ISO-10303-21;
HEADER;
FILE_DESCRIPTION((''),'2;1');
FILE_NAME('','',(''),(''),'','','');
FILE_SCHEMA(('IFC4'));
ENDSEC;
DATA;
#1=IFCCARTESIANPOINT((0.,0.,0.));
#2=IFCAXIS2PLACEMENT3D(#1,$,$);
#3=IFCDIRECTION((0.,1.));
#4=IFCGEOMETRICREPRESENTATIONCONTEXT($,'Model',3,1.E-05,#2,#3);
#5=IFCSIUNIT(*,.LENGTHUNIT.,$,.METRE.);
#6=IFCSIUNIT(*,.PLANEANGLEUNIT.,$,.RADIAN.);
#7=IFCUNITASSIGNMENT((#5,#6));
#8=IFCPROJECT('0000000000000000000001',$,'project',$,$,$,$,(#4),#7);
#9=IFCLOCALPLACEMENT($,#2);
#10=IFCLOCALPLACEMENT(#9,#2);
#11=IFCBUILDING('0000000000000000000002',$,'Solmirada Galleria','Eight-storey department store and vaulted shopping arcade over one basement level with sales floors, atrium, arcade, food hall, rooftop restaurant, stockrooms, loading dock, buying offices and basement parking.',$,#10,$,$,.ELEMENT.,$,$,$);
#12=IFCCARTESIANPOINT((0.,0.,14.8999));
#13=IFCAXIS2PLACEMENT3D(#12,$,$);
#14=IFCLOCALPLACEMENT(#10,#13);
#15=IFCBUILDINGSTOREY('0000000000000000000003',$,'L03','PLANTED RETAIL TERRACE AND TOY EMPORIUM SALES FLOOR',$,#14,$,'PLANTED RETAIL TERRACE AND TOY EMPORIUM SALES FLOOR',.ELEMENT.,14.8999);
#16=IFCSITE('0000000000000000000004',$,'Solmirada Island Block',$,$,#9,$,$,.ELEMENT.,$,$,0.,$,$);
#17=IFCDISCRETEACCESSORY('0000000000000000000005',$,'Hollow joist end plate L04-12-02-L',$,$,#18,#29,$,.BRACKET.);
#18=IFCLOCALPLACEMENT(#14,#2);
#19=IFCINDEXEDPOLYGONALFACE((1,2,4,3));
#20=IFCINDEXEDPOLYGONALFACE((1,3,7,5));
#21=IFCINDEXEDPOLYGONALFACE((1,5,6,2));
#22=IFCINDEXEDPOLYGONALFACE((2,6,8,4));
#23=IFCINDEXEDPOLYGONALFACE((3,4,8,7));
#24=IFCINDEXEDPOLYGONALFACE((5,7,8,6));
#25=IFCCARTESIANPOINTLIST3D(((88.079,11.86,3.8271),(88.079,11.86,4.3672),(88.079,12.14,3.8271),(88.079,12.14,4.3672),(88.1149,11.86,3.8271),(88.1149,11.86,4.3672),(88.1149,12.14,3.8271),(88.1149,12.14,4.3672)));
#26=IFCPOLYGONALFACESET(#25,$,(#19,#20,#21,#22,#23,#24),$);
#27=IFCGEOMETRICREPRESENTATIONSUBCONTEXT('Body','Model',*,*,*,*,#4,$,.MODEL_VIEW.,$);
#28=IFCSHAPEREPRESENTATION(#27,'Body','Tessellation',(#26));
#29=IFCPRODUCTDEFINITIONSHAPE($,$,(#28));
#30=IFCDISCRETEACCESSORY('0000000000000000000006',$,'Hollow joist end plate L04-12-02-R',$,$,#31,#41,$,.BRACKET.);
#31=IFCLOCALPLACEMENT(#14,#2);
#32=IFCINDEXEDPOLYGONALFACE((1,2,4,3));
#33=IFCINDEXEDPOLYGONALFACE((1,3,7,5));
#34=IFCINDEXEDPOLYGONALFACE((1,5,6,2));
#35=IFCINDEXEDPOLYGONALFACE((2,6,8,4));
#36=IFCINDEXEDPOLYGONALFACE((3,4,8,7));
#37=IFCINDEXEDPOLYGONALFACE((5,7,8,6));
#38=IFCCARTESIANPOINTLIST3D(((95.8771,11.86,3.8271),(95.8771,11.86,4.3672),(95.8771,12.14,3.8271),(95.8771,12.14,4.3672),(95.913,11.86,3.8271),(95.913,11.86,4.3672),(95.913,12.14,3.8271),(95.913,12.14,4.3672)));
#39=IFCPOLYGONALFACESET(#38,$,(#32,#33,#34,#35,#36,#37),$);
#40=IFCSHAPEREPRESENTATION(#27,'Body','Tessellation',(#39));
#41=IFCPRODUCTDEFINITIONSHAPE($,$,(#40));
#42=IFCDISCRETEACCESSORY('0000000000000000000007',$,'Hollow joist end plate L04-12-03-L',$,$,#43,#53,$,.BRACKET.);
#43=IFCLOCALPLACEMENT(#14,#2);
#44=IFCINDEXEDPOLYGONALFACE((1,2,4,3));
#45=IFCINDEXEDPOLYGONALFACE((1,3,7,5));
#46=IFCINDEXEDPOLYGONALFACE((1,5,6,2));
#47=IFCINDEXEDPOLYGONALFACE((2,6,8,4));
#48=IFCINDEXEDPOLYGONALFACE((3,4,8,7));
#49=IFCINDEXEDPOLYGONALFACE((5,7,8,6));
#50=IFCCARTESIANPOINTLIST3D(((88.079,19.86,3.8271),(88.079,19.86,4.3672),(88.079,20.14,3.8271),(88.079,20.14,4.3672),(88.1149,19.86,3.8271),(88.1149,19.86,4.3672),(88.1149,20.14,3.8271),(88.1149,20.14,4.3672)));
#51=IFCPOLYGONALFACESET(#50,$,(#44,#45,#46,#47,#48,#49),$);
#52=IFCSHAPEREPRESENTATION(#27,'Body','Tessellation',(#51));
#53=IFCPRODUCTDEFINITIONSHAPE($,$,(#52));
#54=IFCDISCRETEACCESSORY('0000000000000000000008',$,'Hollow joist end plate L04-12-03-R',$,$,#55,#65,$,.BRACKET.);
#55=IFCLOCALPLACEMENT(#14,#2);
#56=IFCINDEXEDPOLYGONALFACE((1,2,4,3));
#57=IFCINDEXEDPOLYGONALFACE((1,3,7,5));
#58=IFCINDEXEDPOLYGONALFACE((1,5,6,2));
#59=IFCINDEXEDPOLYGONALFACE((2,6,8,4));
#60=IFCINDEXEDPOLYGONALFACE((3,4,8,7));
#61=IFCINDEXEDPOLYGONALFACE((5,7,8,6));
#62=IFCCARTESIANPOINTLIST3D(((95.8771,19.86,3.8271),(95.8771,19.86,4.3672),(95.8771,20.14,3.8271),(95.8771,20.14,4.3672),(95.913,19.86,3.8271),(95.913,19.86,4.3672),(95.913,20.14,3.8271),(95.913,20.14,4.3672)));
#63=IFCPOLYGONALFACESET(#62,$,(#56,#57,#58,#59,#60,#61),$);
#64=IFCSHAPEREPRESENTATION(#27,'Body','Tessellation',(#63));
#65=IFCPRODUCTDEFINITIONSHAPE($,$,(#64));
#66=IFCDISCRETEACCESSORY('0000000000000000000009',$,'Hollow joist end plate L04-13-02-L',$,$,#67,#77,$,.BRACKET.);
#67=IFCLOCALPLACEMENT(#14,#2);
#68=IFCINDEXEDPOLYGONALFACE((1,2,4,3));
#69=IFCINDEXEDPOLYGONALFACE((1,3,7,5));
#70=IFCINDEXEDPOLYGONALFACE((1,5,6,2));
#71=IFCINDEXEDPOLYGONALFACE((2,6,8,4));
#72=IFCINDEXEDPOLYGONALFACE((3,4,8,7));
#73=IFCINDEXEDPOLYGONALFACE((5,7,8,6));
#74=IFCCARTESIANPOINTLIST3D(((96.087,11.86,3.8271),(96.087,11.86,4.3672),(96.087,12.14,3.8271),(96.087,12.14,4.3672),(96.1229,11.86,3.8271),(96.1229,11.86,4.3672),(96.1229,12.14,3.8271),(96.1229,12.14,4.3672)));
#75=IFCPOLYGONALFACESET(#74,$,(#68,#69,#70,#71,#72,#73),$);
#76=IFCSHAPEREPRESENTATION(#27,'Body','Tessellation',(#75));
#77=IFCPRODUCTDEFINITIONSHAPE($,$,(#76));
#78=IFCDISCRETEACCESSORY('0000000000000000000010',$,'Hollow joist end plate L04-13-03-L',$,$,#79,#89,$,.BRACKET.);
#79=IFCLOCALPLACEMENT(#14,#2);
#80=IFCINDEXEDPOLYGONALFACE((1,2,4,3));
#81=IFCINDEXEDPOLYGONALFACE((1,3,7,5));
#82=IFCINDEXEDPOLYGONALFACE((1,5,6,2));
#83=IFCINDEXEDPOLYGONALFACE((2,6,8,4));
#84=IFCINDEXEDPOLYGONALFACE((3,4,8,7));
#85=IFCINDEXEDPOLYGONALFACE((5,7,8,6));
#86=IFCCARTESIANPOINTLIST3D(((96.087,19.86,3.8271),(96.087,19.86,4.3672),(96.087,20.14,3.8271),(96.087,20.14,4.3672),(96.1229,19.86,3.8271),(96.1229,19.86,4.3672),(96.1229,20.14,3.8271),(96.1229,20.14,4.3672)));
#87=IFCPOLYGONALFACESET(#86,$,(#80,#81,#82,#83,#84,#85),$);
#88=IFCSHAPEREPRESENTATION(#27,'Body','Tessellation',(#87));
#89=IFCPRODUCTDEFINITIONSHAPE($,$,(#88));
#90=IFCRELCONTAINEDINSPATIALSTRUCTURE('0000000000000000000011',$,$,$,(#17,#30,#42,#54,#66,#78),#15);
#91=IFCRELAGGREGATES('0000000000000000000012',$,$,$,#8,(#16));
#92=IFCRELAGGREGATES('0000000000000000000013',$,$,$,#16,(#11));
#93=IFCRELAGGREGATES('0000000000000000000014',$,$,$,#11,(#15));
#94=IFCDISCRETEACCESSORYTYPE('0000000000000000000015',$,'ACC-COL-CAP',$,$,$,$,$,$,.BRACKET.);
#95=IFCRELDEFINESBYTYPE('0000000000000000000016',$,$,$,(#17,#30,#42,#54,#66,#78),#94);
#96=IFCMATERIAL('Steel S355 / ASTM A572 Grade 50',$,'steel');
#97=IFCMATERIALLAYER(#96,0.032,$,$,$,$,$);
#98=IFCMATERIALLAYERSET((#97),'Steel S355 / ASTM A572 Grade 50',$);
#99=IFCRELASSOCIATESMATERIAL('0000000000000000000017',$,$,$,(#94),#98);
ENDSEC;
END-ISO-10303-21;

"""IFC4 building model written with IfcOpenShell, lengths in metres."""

from ifc_helpers import new_model, si_unit, direction, frame, origin, origin_2d, place, context, subcontext, project, spatial, rectangle, extrude, material, layer, layer_set, type_object, element, save


model = new_model("IFC4")

# Units and contexts
model_context = context("Model", 3, precision=1e-05, world=origin(), true_north=direction((0.0, 1.0)))
body_context = subcontext(model_context, "Body", "Model", "MODEL_VIEW")
ifc_project = project(units=[si_unit("LENGTHUNIT", "METRE"), si_unit("PLANEANGLEUNIT", "RADIAN")], contexts=[model_context])

# Site, building, storey
site_placement = place(None, origin())
site = spatial("IfcSite", under=ifc_project, at=site_placement, Name="Solmirada Island Block", CompositionType="ELEMENT", RefElevation=0.0)
building_placement = place(site_placement, origin())
building = spatial("IfcBuilding", under=site, at=building_placement, Name="Solmirada Galleria", Description="Eight-storey department store and vaulted shopping arcade over one basement level with sales floors, atrium, arcade, food hall, rooftop restaurant, stockrooms, loading dock, buying offices and basement parking.", CompositionType="ELEMENT")
storey_placement = place(building_placement, frame((0.0, 0.0, 14.8999)))
storey = spatial("IfcBuildingStorey", under=building, at=storey_placement, Name="L03", Description="PLANTED RETAIL TERRACE AND TOY EMPORIUM SALES FLOOR", LongName="PLANTED RETAIL TERRACE AND TOY EMPORIUM SALES FLOOR", CompositionType="ELEMENT", Elevation=14.8999)

# Discrete accessories
ifc_material_1 = material(Name="Steel S355 / ASTM A572 Grade 50", Category="steel")
ifc_layer_1 = layer(ifc_material_1, 0.032)
ifc_layer_set_1 = layer_set([ifc_layer_1], Name="Steel S355 / ASTM A572 Grade 50")
discrete_accessory_type_1 = type_object("IfcDiscreteAccessoryType", Name="ACC-COL-CAP", PredefinedType="BRACKET", material=ifc_layer_set_1)
for number, where, z_axis, x_axis, name in (
    (1, (88.0969, 12.0, 3.8271), (0.0, 0.0, 1.0), (1.0, 0.0, 0.0), "Hollow joist end plate L04-12-02-L"),
    (2, (95.895, 12.0, 3.8271), (0.0, 0.0, 1.0), (1.0, 0.0, 0.0), "Hollow joist end plate L04-12-02-R"),
    (3, (88.0969, 20.0, 3.8271), (0.0, 0.0, 1.0), (1.0, 0.0, 0.0), "Hollow joist end plate L04-12-03-L"),
    (4, (95.895, 20.0, 3.8271), (0.0, 0.0, 1.0), (1.0, 0.0, 0.0), "Hollow joist end plate L04-12-03-R"),
    (5, (96.105, 12.0, 3.8271), (0.0, 0.0, 1.0), (1.0, 0.0, 0.0), "Hollow joist end plate L04-13-02-L"),
    (6, (96.105, 20.0, 3.8271), (0.0, 0.0, 1.0), (1.0, 0.0, 0.0), "Hollow joist end plate L04-13-03-L"),
):
    element("IfcDiscreteAccessory", number, at=place(storey_placement, frame(where, z_axis=z_axis, x_axis=x_axis)), inside=storey, type_object=discrete_accessory_type_1, Name=name, PredefinedType="BRACKET", context=body_context, shape_type="SweptSolid", body=[
        extrude(rectangle(XDim=0.0359, YDim=0.28, at=origin_2d()), origin(), (0.0, 0.0, 1.0), 0.54),
    ])

save(model, "model.ifc")
